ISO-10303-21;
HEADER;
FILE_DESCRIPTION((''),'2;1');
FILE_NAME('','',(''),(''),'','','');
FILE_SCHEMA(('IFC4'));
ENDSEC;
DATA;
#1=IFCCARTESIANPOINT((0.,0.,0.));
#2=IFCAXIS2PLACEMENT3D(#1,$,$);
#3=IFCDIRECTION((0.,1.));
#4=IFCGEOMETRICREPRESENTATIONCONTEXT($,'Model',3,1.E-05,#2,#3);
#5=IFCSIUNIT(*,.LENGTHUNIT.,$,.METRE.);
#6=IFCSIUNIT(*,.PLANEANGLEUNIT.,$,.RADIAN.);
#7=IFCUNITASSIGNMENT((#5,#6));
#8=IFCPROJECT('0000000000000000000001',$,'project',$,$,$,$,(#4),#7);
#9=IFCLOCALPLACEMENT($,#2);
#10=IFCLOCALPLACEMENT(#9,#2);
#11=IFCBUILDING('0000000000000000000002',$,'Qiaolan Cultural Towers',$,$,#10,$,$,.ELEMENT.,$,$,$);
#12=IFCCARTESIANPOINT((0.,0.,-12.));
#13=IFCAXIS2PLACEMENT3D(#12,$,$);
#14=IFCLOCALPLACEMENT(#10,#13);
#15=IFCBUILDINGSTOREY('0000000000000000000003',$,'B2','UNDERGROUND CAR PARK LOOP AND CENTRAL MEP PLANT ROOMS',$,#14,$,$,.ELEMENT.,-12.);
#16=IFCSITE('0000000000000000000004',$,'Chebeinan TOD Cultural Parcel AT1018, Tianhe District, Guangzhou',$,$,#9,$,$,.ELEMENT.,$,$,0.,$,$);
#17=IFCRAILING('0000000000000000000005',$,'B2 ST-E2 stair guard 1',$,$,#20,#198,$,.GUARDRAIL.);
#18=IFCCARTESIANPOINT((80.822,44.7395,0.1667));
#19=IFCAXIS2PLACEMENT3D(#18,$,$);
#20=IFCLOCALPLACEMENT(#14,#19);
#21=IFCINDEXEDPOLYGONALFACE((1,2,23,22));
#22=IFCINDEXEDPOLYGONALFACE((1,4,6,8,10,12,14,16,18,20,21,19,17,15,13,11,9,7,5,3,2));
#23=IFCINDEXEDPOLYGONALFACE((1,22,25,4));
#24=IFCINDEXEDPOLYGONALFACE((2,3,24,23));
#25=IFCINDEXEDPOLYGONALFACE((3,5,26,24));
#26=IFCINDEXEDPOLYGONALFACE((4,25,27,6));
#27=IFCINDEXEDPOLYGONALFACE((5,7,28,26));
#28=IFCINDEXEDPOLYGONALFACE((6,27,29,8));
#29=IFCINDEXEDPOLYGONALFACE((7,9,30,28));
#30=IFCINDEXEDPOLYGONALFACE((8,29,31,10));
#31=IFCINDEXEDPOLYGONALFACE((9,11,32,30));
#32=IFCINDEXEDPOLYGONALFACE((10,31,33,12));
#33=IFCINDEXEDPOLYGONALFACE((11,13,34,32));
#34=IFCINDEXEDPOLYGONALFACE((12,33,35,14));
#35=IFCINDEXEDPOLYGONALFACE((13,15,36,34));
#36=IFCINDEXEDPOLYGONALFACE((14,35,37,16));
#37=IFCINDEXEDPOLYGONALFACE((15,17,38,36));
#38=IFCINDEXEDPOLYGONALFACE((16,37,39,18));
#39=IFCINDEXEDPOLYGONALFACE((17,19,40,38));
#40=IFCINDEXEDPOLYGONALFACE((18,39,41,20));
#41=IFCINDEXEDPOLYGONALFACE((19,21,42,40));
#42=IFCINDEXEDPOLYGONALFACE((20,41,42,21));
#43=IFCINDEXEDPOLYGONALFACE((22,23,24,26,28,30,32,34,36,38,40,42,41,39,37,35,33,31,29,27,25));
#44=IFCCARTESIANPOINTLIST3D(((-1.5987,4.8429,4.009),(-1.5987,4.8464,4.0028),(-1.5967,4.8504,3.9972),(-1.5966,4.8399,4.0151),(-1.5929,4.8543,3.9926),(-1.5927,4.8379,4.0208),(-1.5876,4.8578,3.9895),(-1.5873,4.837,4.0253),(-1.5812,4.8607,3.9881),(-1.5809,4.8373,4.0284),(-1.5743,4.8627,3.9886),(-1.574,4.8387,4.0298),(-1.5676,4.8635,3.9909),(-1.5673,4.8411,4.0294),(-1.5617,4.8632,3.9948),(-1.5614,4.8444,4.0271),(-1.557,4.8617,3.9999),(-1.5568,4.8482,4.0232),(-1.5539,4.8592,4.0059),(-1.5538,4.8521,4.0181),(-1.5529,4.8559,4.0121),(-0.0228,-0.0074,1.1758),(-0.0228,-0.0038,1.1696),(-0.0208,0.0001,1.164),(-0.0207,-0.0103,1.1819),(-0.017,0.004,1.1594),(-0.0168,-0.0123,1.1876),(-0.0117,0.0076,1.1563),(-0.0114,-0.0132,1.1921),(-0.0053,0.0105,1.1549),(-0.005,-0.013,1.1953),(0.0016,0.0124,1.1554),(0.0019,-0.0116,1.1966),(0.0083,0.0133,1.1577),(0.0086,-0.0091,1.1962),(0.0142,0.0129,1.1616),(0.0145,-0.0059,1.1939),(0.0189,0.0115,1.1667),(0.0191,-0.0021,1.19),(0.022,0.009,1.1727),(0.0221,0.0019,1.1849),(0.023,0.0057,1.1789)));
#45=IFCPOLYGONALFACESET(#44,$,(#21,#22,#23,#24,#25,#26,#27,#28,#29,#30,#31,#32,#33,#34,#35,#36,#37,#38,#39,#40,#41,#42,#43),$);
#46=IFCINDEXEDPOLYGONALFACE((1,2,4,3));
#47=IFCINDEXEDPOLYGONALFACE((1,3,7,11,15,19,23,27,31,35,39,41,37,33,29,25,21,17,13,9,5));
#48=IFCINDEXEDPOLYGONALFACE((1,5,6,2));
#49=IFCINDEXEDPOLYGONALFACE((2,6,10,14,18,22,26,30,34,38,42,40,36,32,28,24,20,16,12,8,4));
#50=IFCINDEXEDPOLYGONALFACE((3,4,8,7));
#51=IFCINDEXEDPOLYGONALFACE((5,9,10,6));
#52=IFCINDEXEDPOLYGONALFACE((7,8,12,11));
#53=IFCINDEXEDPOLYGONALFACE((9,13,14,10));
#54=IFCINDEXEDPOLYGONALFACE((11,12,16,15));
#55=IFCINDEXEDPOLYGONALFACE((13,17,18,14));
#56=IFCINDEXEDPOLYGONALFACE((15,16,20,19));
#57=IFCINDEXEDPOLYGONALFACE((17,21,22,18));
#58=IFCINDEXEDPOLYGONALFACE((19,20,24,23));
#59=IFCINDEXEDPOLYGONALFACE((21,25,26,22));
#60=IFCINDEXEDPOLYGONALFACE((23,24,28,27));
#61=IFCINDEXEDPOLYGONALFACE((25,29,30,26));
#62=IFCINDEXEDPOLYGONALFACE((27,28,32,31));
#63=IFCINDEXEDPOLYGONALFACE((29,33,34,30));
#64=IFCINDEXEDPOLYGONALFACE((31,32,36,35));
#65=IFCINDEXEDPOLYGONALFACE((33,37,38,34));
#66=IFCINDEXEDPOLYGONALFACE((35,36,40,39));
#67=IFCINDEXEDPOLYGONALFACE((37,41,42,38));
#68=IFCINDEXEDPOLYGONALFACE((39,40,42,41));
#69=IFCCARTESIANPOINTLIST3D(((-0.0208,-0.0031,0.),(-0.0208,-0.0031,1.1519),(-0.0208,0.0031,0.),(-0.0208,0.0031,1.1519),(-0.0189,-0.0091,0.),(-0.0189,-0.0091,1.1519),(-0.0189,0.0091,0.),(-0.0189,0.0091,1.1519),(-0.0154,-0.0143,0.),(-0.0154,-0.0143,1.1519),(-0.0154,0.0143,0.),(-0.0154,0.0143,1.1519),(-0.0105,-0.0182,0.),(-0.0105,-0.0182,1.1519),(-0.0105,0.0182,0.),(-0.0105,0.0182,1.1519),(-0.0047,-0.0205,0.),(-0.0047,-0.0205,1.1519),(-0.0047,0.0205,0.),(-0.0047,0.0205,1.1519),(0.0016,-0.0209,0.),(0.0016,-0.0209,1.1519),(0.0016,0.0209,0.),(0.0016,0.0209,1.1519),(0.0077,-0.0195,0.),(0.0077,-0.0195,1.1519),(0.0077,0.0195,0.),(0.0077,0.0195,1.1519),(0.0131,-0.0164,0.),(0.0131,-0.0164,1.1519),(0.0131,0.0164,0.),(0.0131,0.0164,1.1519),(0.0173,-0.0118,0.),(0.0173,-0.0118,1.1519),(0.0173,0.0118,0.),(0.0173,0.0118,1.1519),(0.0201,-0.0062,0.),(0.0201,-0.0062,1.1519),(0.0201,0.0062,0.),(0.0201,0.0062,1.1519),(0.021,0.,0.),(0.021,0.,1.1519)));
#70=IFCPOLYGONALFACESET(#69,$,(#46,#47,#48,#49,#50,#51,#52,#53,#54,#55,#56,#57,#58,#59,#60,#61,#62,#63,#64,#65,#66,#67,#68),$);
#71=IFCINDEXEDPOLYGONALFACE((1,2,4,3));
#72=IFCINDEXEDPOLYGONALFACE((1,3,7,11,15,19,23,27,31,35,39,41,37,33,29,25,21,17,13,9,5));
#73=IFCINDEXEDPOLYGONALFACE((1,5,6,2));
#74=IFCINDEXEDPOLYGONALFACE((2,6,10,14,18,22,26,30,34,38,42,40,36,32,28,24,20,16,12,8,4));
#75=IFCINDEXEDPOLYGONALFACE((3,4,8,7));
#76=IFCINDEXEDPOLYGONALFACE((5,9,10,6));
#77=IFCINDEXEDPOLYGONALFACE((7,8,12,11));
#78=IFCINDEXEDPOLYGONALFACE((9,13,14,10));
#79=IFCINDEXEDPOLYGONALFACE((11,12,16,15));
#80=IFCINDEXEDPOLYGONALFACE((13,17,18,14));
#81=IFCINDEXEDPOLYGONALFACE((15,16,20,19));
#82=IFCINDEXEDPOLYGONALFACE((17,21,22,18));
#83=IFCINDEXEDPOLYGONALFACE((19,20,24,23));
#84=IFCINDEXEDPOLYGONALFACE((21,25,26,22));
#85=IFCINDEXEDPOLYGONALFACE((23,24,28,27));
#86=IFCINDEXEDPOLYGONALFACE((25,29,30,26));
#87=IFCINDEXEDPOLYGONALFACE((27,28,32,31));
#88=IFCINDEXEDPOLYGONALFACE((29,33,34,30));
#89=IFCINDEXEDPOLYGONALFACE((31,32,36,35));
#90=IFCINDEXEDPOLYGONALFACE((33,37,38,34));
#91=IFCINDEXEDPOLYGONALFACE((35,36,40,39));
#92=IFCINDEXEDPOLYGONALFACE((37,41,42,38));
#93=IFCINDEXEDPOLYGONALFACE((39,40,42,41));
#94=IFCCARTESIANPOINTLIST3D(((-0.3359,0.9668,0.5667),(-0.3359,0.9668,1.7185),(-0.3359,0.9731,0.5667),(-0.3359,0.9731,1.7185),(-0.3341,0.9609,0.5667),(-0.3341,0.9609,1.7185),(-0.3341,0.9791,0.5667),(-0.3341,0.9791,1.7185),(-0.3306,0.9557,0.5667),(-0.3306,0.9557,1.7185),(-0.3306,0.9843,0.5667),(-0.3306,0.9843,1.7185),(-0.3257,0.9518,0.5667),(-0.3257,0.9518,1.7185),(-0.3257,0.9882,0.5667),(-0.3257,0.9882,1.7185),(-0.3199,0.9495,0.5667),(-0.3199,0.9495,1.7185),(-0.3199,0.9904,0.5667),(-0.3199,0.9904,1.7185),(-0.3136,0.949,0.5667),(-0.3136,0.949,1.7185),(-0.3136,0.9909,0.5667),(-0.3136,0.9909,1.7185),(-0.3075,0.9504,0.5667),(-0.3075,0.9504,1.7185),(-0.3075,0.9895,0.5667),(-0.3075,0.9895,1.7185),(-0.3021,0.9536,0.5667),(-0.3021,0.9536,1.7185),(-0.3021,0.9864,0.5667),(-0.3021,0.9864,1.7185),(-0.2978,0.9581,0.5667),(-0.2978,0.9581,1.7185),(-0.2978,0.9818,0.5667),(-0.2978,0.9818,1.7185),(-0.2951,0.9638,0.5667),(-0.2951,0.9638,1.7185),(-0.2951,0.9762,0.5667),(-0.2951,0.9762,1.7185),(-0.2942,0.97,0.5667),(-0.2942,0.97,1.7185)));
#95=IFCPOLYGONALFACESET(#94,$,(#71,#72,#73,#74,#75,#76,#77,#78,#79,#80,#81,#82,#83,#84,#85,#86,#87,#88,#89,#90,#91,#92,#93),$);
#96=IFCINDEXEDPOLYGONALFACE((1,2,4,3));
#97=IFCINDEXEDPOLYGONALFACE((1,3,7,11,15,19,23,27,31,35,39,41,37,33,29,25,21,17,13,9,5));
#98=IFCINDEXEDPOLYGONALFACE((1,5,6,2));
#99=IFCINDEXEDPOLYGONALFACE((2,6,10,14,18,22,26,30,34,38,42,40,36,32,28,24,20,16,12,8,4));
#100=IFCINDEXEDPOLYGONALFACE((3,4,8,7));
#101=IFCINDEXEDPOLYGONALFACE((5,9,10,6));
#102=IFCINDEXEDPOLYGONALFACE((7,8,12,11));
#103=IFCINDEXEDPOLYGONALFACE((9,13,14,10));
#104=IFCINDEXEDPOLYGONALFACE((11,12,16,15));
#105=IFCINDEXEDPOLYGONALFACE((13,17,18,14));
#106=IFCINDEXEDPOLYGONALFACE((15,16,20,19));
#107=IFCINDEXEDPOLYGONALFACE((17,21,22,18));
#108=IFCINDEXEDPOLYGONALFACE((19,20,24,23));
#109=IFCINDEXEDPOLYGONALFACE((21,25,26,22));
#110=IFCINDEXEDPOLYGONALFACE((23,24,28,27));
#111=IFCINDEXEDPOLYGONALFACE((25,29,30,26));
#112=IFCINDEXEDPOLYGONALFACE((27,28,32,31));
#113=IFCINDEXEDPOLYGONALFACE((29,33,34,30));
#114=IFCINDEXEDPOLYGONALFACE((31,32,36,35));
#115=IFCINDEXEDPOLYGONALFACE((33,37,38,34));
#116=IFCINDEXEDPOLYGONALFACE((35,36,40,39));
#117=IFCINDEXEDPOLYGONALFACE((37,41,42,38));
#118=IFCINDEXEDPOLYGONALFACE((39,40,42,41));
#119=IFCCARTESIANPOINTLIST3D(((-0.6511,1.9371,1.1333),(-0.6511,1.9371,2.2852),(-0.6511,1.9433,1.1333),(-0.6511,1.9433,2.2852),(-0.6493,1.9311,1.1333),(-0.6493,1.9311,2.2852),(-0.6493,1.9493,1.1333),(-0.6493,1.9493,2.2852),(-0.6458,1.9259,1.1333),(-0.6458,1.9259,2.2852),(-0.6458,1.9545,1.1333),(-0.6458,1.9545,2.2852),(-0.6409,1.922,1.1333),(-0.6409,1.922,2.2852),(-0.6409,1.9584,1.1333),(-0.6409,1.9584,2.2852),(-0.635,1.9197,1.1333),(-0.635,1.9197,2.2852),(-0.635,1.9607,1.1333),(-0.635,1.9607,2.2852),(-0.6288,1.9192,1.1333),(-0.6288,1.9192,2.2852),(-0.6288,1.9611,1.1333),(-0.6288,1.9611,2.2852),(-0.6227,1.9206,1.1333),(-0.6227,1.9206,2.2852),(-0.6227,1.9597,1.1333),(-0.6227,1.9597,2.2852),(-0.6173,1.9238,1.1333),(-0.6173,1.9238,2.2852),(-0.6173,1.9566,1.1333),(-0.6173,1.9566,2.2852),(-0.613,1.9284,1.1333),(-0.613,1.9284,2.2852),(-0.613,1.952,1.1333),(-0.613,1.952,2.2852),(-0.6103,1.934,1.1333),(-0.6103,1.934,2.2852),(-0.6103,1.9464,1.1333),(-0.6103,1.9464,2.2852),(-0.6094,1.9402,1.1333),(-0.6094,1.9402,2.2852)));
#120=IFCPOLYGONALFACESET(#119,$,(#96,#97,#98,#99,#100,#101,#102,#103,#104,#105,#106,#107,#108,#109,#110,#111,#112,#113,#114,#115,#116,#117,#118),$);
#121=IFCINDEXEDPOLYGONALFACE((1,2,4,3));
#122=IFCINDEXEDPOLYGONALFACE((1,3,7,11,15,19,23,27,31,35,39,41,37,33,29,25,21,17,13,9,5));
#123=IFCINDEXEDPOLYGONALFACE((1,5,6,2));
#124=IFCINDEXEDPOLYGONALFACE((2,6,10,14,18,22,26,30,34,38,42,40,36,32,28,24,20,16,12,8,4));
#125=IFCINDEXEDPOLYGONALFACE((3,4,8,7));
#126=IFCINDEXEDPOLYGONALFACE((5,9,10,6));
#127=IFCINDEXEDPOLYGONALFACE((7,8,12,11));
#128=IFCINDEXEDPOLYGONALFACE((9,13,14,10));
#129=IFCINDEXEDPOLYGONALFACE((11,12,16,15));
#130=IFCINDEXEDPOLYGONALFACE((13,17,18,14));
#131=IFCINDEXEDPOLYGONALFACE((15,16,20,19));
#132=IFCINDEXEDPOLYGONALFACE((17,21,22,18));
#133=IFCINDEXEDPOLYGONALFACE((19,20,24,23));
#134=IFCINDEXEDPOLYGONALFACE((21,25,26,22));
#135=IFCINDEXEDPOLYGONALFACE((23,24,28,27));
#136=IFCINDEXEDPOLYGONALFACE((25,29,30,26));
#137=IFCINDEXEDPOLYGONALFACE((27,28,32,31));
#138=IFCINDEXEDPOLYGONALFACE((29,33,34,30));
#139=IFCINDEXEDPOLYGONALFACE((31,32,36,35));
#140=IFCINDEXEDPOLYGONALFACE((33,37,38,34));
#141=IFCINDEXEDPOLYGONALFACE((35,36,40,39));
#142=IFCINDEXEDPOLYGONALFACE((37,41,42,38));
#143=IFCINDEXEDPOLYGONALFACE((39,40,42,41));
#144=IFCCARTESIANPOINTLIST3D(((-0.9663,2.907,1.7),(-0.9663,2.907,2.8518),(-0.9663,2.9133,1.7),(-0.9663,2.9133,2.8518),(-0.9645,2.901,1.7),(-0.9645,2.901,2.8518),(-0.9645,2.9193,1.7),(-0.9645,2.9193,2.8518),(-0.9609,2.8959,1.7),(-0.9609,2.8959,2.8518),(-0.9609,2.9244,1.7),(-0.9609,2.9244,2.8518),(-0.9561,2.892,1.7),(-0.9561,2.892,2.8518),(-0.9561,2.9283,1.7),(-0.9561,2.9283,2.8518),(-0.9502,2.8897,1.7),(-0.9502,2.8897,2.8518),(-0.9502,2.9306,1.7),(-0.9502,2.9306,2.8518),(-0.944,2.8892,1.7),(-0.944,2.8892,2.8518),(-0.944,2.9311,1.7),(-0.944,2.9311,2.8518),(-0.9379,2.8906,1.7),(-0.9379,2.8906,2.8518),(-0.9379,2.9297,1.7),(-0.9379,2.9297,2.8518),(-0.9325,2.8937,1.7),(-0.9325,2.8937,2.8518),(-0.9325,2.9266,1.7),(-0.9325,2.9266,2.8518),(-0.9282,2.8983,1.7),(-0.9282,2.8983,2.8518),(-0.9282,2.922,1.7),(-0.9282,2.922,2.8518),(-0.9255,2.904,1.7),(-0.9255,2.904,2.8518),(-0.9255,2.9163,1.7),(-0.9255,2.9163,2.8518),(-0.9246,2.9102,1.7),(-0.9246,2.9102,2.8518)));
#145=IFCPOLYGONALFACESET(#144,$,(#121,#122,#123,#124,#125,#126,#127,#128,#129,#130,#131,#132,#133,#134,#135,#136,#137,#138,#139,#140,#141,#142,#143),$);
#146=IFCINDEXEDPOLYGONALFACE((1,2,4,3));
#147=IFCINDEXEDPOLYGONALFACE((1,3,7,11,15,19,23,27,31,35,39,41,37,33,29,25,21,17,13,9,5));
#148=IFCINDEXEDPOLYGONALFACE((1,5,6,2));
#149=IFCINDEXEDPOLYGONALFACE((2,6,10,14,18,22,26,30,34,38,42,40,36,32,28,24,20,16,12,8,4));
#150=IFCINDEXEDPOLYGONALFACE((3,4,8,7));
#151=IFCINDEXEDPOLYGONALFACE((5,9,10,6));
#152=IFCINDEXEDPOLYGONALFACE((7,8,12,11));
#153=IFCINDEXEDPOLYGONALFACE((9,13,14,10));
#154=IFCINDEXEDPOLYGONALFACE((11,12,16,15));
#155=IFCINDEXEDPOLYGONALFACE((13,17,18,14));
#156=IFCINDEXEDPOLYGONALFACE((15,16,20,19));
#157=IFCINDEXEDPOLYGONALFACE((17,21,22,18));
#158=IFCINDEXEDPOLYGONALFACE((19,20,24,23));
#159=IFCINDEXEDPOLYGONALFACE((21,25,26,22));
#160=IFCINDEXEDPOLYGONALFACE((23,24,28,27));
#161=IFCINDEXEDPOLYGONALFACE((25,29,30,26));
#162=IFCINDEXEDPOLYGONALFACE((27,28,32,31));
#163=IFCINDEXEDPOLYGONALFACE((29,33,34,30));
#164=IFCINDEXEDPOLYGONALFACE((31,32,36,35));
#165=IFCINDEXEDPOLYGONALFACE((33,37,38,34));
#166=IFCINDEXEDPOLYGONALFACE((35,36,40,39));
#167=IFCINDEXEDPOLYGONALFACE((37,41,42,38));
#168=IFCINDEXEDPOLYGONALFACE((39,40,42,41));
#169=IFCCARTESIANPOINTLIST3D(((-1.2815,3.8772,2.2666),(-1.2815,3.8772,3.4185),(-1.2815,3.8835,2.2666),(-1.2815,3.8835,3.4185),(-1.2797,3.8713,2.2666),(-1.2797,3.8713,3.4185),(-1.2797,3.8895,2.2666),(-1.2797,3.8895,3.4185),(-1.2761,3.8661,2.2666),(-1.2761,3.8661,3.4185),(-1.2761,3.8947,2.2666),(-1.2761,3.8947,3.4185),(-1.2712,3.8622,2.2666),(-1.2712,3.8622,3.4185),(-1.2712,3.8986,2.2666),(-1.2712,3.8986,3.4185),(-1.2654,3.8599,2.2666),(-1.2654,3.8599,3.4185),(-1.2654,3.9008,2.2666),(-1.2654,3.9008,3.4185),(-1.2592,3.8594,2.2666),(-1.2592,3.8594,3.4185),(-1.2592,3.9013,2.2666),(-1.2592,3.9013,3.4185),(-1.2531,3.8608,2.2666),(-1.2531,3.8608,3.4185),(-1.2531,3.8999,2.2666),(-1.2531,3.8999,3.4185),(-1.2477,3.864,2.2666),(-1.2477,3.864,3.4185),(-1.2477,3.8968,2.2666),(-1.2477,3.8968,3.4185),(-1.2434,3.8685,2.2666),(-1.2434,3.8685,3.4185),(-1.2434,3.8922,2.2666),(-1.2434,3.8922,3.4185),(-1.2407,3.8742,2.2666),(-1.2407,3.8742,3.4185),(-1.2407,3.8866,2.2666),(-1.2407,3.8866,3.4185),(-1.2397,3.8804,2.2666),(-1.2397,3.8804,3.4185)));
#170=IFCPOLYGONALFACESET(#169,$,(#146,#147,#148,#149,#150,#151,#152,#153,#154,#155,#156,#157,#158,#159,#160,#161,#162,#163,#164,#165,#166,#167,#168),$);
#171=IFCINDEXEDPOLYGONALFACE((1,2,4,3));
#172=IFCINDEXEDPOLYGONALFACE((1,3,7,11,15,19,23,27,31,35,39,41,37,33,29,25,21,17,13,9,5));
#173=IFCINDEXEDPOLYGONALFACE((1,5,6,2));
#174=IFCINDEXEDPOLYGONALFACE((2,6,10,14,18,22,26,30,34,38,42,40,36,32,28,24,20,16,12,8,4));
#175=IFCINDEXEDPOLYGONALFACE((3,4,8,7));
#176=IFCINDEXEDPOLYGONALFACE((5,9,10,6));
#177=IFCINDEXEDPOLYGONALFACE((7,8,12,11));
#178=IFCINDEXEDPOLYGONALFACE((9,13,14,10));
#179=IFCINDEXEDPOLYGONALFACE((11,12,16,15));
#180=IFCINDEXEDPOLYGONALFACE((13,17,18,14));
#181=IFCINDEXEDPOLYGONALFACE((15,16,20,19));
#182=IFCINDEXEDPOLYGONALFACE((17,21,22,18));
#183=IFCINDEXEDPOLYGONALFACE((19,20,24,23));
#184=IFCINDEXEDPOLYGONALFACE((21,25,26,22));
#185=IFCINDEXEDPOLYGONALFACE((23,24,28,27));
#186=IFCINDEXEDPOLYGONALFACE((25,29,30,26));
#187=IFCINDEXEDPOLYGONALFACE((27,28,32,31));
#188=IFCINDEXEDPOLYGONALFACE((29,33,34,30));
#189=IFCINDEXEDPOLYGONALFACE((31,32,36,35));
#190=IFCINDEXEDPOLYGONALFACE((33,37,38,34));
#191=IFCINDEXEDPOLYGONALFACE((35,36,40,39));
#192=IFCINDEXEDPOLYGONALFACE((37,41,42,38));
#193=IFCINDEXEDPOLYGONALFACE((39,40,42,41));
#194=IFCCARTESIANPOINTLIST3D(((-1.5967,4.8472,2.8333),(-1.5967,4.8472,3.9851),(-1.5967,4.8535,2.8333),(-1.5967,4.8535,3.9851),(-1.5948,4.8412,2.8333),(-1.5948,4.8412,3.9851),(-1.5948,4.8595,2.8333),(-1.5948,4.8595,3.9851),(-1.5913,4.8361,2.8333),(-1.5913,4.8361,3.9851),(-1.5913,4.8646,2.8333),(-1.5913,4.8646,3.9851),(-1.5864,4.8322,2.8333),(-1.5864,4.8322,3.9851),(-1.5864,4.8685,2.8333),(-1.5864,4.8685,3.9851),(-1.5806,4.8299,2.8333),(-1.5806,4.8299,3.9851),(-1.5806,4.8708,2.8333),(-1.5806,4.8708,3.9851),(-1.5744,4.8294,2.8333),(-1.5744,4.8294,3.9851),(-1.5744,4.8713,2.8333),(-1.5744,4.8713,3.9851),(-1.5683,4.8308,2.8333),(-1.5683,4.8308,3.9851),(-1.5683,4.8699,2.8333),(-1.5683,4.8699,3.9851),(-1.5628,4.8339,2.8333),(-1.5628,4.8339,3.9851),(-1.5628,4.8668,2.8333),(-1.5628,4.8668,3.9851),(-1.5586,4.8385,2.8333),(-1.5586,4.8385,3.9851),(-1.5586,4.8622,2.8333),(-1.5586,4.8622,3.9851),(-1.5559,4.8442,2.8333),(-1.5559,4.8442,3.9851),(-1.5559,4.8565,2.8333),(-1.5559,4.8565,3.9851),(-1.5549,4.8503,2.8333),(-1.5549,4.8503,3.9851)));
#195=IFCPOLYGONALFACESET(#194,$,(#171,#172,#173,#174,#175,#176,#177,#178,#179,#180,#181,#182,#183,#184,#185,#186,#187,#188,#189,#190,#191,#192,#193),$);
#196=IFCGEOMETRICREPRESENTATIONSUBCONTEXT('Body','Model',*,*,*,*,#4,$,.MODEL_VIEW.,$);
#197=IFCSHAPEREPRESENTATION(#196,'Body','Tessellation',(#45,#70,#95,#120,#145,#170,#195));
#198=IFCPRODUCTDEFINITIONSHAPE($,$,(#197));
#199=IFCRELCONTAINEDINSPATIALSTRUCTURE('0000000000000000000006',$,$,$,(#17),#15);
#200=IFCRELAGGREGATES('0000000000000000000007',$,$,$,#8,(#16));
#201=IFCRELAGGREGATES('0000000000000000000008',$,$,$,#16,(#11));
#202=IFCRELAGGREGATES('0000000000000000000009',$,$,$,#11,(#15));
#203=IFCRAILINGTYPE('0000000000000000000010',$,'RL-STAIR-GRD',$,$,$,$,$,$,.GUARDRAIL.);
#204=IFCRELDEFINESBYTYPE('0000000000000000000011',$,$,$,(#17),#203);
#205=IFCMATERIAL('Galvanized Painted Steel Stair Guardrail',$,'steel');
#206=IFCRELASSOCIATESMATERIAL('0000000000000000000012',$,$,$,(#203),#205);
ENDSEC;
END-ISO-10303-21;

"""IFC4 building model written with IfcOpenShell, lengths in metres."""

from ifc_helpers import new_model, si_unit, direction, frame, origin, origin_2d, place, context, subcontext, project, spatial, circle, extrude, material, type_object, element, save


model = new_model("IFC4")

# Units and contexts
model_context = context("Model", 3, precision=1e-05, world=origin(), true_north=direction((0.0, 1.0)))
body_context = subcontext(model_context, "Body", "Model", "MODEL_VIEW")
ifc_project = project(units=[si_unit("LENGTHUNIT", "METRE"), si_unit("PLANEANGLEUNIT", "RADIAN")], contexts=[model_context])

# Site, building, storey
site_placement = place(None, origin())
site = spatial("IfcSite", under=ifc_project, at=site_placement, Name="Chebeinan TOD Cultural Parcel AT1018, Tianhe District, Guangzhou", CompositionType="ELEMENT", RefElevation=0.0)
building_placement = place(site_placement, origin())
building = spatial("IfcBuilding", under=site, at=building_placement, Name="Qiaolan Cultural Towers", CompositionType="ELEMENT")
storey_placement = place(building_placement, frame((0.0, 0.0, -12.0)))
storey = spatial("IfcBuildingStorey", under=building, at=storey_placement, Name="B2", Description="UNDERGROUND CAR PARK LOOP AND CENTRAL MEP PLANT ROOMS", CompositionType="ELEMENT", Elevation=-12.0)

# Railing
ifc_material_1 = material(Name="Galvanized Painted Steel Stair Guardrail", Category="steel")
railing_type_1 = type_object("IfcRailingType", Name="RL-STAIR-GRD", PredefinedType="GUARDRAIL", material=ifc_material_1)
railing_1_placement = place(storey_placement, frame((80.822, 44.7395, 0.1667)))
element("IfcRailing", 1, at=railing_1_placement, inside=storey, type_object=railing_type_1, Name="B2 ST-E2 stair guard 1", PredefinedType="GUARDRAIL", context=body_context, shape_type="SweptSolid", body=[
    extrude(circle(Radius=0.0239, at=origin_2d()), frame((0.0, 0.0, 1.1758), z_axis=(-0.270124, 0.831378, 0.485637), x_axis=(-0.951059, -0.309009, 0.0)), (0.0, 0.0, 1.0), 5.834),
    extrude(circle(Radius=0.021, at=origin_2d()), origin(), (0.0, 0.0, 1.0), 1.1519),
    extrude(circle(Radius=0.021, at=origin_2d()), frame((-0.3152, 0.97, 0.5667)), (0.0, 0.0, 1.0), 1.1519),
    extrude(circle(Radius=0.021, at=origin_2d()), frame((-0.6304, 1.9402, 1.1333)), (0.0, 0.0, 1.0), 1.1519),
    extrude(circle(Radius=0.021, at=origin_2d()), frame((-0.9456, 2.9102, 1.7)), (0.0, 0.0, 1.0), 1.1519),
    extrude(circle(Radius=0.021, at=origin_2d()), frame((-1.2607, 3.8804, 2.2666)), (0.0, 0.0, 1.0), 1.1519),
    extrude(circle(Radius=0.021, at=origin_2d()), frame((-1.5759, 4.8503, 2.8333)), (0.0, 0.0, 1.0), 1.1519),
])

save(model, "model.ifc")
